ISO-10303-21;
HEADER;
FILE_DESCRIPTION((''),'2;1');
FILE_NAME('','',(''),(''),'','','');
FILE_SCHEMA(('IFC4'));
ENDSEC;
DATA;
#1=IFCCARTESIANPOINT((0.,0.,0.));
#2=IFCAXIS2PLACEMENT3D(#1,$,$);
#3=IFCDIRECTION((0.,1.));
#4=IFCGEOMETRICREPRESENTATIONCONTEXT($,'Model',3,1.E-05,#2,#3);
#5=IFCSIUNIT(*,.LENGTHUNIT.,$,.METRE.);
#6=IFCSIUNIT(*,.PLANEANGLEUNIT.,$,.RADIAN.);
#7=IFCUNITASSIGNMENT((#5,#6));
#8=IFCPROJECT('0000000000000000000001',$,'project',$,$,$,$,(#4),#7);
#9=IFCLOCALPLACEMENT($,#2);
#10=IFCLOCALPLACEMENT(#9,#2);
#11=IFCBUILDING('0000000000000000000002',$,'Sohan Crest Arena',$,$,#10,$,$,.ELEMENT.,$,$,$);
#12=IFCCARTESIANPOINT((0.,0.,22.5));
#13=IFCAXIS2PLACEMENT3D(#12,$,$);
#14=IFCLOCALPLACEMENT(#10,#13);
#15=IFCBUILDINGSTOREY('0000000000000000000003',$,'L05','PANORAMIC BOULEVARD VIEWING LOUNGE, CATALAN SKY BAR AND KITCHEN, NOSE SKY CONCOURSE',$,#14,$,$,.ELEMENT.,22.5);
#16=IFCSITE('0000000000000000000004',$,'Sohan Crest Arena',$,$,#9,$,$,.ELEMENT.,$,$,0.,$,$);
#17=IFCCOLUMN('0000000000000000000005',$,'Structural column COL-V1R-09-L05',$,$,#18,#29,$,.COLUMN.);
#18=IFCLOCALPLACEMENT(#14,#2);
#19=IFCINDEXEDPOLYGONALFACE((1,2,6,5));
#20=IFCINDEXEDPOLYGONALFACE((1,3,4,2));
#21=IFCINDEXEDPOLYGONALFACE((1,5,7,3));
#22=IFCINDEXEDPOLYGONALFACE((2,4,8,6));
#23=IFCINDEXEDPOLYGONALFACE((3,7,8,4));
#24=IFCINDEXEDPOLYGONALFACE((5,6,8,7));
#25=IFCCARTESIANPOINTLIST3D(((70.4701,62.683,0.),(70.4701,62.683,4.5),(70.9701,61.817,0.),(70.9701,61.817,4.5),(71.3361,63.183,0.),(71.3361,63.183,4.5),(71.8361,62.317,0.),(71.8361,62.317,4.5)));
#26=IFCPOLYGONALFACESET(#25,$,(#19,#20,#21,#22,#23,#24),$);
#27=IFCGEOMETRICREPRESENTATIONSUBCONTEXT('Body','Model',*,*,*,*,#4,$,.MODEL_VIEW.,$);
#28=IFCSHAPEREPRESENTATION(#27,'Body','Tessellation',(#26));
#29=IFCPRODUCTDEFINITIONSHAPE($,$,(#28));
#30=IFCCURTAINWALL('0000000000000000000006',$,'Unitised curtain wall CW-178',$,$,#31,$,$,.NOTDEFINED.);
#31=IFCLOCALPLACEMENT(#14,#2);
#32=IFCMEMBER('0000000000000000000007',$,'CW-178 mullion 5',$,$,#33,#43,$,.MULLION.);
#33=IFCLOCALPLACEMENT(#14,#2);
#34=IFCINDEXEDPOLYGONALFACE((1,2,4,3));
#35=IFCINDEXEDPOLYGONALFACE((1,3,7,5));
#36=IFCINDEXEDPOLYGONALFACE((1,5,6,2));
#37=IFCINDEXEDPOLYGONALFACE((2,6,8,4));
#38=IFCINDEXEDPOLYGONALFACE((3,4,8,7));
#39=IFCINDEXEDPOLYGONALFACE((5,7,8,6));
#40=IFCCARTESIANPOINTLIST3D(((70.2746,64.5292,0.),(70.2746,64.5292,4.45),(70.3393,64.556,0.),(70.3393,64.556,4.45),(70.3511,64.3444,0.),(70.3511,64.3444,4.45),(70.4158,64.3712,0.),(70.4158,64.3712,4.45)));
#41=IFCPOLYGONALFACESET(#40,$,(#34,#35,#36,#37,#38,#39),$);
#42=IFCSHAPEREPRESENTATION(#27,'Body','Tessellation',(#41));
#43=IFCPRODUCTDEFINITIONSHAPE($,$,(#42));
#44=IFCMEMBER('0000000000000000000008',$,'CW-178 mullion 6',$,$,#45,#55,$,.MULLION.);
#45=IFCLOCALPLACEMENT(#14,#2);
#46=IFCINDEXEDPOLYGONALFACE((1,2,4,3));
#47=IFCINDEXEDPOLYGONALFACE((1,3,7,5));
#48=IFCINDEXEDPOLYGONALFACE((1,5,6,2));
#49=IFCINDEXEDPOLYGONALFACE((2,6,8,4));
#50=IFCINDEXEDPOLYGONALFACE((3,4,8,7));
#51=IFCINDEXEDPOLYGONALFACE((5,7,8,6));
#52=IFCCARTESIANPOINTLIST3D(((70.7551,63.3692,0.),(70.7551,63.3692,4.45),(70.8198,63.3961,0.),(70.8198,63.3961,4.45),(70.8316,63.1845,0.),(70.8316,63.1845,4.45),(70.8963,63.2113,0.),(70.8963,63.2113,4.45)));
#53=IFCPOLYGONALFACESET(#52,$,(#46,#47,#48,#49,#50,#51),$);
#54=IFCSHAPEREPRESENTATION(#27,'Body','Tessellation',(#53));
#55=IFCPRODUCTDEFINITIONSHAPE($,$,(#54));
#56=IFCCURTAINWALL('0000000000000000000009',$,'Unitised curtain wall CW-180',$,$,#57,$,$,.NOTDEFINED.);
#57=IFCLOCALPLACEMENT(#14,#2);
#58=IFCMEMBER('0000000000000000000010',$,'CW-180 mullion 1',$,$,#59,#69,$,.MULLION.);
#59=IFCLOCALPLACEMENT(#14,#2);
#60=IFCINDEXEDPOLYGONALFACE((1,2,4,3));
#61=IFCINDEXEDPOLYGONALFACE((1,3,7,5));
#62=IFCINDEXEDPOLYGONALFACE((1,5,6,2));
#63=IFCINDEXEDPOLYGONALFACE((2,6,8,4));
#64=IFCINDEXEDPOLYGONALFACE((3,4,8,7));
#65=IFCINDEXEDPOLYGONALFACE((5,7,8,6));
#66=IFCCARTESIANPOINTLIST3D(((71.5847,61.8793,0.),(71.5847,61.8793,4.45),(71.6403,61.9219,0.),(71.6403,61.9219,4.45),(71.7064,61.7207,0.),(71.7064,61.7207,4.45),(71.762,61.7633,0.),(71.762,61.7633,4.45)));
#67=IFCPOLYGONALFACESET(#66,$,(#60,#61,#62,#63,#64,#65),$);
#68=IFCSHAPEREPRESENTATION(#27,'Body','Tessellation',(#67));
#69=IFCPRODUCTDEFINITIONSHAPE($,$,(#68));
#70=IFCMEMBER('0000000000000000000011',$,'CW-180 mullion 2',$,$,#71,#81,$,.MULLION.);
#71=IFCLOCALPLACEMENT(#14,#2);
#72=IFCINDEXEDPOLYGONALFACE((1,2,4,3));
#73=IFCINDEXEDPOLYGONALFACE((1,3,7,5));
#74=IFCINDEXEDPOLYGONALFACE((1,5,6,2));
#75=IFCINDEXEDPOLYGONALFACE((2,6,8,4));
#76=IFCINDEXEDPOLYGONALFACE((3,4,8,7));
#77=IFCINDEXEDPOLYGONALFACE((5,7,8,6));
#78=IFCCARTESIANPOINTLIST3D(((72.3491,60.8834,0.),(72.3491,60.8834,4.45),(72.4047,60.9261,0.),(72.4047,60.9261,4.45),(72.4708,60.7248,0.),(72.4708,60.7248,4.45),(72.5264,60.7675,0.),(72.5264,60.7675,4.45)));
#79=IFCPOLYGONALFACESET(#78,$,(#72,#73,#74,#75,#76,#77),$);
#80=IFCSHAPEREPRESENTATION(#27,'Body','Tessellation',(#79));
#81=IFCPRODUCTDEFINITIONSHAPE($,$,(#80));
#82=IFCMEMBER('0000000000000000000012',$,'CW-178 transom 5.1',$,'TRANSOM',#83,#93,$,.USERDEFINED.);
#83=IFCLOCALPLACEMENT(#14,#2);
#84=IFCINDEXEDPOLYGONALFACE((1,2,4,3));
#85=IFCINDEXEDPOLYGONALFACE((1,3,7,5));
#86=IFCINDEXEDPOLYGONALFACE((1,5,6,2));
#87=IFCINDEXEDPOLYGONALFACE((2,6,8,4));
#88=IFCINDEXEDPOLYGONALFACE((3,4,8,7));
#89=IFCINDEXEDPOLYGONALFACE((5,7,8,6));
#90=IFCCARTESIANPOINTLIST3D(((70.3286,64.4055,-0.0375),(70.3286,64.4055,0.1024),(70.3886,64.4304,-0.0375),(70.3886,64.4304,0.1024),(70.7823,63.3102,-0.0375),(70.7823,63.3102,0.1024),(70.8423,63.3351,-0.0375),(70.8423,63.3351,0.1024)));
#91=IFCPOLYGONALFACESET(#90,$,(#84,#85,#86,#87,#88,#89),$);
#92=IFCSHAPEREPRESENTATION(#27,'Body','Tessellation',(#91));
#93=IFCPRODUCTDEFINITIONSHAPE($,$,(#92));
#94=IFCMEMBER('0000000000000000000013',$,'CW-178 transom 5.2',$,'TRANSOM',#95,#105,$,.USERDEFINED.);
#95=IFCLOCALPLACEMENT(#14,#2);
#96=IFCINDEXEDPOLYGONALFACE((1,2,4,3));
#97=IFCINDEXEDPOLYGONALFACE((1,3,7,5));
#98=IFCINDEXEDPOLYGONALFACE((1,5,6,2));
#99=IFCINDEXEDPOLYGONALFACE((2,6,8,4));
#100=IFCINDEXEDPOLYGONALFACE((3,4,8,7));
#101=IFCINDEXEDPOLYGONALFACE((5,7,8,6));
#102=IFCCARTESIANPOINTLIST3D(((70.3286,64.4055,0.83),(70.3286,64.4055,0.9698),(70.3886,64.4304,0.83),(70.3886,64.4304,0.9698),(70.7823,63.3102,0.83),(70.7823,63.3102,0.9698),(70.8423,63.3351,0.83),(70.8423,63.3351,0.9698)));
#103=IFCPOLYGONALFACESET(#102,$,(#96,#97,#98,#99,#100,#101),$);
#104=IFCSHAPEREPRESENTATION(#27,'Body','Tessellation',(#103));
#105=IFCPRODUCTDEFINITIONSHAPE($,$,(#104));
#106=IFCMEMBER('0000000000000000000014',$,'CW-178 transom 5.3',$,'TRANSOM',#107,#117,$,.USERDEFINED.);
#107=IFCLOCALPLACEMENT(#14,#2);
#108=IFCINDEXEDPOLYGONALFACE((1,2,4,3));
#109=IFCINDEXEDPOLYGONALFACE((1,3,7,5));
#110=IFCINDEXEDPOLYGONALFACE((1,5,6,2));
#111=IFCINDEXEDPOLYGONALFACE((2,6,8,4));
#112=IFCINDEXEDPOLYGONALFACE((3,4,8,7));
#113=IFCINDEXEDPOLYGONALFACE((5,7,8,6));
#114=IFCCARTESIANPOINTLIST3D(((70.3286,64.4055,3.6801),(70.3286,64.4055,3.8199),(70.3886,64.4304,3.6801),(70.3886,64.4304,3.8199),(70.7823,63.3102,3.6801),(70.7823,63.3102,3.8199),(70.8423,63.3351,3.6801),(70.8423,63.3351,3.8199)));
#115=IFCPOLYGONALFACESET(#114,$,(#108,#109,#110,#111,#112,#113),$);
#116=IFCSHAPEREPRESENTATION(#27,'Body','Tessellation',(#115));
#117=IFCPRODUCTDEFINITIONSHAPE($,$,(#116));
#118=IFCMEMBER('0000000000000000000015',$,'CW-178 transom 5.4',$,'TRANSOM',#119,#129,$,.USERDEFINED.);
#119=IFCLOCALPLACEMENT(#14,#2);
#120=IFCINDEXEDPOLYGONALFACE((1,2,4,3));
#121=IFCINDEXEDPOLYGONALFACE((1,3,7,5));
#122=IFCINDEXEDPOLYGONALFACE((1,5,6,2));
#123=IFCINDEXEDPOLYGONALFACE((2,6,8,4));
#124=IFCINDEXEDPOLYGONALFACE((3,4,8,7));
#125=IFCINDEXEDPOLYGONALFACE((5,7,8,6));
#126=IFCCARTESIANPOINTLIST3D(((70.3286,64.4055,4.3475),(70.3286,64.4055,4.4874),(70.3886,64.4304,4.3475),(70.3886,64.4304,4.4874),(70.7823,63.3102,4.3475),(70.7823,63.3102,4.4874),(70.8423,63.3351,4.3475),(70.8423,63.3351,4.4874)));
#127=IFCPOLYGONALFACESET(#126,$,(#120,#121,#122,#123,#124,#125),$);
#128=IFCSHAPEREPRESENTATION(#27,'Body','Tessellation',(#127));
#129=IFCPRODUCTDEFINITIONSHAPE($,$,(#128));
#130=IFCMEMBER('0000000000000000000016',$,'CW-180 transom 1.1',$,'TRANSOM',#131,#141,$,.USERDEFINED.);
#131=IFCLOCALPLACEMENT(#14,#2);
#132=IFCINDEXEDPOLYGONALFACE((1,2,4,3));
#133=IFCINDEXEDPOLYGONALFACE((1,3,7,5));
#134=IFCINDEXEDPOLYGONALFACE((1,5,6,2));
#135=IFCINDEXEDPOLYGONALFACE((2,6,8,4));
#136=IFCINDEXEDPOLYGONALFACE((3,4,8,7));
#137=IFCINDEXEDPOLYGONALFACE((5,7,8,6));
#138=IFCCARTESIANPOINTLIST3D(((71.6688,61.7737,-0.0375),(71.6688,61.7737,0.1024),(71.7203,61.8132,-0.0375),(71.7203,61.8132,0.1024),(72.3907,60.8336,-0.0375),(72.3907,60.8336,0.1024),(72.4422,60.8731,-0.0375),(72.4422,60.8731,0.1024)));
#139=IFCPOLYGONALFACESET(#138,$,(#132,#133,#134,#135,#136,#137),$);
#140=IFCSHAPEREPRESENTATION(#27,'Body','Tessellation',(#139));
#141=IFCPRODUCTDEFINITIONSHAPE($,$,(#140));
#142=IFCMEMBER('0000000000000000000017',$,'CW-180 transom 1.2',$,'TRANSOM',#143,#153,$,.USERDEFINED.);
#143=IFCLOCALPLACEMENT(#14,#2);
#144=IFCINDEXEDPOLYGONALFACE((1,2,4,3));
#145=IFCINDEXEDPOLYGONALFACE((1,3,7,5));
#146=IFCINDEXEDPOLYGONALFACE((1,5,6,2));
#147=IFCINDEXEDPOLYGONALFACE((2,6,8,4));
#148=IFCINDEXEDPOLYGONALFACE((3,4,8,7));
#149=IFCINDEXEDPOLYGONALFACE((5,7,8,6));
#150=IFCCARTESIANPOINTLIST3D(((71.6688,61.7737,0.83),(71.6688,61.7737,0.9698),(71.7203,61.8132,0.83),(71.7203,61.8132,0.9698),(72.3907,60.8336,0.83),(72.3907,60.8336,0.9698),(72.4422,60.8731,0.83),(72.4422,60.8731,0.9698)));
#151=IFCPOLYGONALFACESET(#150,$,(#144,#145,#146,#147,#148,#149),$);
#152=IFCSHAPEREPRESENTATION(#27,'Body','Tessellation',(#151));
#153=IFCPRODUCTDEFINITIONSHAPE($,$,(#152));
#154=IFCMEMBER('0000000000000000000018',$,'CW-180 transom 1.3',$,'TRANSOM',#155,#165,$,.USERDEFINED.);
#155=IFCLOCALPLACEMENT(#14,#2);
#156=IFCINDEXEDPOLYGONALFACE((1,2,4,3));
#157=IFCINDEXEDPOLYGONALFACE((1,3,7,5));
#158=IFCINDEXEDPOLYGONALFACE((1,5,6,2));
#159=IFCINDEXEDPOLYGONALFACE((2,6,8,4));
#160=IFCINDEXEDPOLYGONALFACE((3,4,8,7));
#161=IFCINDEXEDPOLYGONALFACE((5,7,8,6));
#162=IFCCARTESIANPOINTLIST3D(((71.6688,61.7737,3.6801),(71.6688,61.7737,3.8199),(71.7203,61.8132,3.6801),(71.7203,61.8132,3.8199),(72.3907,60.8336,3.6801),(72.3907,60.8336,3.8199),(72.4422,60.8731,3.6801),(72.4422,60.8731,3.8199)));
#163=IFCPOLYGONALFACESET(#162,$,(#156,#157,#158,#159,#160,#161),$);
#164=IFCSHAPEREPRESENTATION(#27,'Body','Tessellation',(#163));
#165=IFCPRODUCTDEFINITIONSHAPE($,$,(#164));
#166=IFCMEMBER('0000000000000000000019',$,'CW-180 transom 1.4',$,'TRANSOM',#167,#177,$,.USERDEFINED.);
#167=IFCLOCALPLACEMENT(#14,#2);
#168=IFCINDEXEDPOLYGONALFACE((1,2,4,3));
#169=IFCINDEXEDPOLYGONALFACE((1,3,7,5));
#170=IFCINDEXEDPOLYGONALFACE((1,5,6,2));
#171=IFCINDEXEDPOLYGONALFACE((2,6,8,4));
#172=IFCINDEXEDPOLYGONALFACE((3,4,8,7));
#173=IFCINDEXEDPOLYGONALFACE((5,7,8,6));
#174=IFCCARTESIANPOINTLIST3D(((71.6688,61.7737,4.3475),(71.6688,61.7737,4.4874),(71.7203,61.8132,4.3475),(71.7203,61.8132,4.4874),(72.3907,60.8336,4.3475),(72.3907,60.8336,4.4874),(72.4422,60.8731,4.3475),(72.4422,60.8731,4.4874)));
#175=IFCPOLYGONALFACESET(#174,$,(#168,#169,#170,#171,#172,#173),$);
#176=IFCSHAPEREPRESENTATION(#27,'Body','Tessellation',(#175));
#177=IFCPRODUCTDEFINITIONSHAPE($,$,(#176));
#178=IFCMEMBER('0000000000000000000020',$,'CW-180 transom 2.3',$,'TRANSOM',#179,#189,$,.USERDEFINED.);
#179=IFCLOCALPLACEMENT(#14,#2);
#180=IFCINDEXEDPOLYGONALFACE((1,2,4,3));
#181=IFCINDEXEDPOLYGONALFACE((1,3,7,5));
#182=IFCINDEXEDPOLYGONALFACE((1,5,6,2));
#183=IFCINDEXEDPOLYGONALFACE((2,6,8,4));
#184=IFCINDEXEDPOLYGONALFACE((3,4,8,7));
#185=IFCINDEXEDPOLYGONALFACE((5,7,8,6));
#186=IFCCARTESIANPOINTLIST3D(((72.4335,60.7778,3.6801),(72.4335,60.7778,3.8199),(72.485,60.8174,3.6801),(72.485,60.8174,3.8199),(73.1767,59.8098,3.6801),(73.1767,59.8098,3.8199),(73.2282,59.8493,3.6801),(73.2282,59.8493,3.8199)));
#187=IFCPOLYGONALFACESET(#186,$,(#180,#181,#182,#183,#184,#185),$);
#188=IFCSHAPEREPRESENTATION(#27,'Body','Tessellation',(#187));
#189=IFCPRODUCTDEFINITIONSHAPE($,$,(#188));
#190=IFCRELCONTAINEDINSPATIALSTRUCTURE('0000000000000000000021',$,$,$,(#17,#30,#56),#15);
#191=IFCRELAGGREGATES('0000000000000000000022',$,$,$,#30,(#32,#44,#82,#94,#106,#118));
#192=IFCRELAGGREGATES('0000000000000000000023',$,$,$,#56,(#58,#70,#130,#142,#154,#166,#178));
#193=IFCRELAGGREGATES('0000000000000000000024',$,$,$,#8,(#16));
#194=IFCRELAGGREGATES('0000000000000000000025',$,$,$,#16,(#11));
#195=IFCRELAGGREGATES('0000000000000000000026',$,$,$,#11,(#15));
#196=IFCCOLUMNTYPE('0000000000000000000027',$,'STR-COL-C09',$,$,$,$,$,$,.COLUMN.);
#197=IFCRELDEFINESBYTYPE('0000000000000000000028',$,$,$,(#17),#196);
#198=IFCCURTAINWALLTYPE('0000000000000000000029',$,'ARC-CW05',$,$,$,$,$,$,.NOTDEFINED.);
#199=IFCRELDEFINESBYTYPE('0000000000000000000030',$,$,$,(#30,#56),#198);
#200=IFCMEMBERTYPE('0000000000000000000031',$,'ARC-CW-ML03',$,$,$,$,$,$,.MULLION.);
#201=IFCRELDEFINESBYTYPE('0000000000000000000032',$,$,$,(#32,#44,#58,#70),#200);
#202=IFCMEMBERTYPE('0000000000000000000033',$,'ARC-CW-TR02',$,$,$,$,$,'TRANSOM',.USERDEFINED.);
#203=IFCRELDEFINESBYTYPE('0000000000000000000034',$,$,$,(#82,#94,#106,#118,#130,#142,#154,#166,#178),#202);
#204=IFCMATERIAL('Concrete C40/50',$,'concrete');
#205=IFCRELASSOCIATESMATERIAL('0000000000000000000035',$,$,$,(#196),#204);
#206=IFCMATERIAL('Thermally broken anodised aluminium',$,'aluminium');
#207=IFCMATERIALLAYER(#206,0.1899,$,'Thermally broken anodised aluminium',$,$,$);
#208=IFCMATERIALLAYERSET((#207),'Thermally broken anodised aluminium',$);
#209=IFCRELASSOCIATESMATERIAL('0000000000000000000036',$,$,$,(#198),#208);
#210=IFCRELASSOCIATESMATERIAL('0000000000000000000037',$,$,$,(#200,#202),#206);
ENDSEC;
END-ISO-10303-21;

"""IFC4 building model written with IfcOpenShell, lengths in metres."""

from ifc_helpers import new_model, si_unit, direction, frame, origin, origin_2d, place, context, subcontext, project, spatial, rectangle, extrude, material, layer, layer_set, material_profile, profile_set, type_object, element, aggregate, save


model = new_model("IFC4")

# Units and contexts
model_context = context("Model", 3, precision=1e-05, world=origin(), true_north=direction((0.0, 1.0)))
body_context = subcontext(model_context, "Body", "Model", "MODEL_VIEW")
ifc_project = project(units=[si_unit("LENGTHUNIT", "METRE"), si_unit("PLANEANGLEUNIT", "RADIAN")], contexts=[model_context])

# Site, building, storey
site_placement = place(None, origin())
site = spatial("IfcSite", under=ifc_project, at=site_placement, Name="Sohan Crest Arena", CompositionType="ELEMENT", RefElevation=0.0)
building_placement = place(site_placement, origin())
building = spatial("IfcBuilding", under=site, at=building_placement, Name="Sohan Crest Arena", CompositionType="ELEMENT")
storey_placement = place(building_placement, frame((0.0, 0.0, 22.5)))
storey = spatial("IfcBuildingStorey", under=building, at=storey_placement, Name="L05", Description="PANORAMIC BOULEVARD VIEWING LOUNGE, CATALAN SKY BAR AND KITCHEN, NOSE SKY CONCOURSE", CompositionType="ELEMENT", Elevation=22.5)

# Column
ifc_material_1 = material(Name="Concrete C40/50", Category="concrete")
ifc_material_profile_1 = material_profile(ifc_material_1, rectangle(XDim=1.0, YDim=1.0, at=origin_2d()), Name="RC 1000x1000")
ifc_profile_set_1 = profile_set([ifc_material_profile_1], Name="Concrete C40/50")
column_type = type_object("IfcColumnType", Name="STR-COL-C09", PredefinedType="COLUMN", material=ifc_profile_set_1)
column_placement = place(storey_placement, frame((71.1531, 62.5, 0.0), z_axis=(0.0, 0.0, 1.0), x_axis=(0.866025, 0.5, 0.0)))
element("IfcColumn", 1, at=column_placement, inside=storey, type_object=column_type, Name="Structural column COL-V1R-09-L05", PredefinedType="COLUMN", context=body_context, shape_type="SweptSolid", body=[
    extrude(rectangle(XDim=1.0, YDim=1.0, at=origin_2d()), origin(), (0.0, 0.0, 1.0), 4.5),
])

# Curtain walls, members
ifc_material_2 = material(Name="Thermally broken anodised aluminium", Category="aluminium")
ifc_layer_1 = layer(ifc_material_2, 0.1899, Name="Thermally broken anodised aluminium")
ifc_layer_set_1 = layer_set([ifc_layer_1], Name="Thermally broken anodised aluminium")
curtain_wall_type = type_object("IfcCurtainWallType", Name="ARC-CW05", PredefinedType="NOTDEFINED", material=ifc_layer_set_1)
curtain_wall_1_placement = place(storey_placement, origin())
curtain_wall_1 = element("IfcCurtainWall", 2, at=curtain_wall_1_placement, inside=storey, type_object=curtain_wall_type, Name="Unitised curtain wall CW-178", PredefinedType="NOTDEFINED")
ifc_material_profile_2 = material_profile(ifc_material_2, rectangle(XDim=0.0701, YDim=0.2, at=origin_2d()), Name="ALU-MULL 70x200")
ifc_profile_set_2 = profile_set([ifc_material_profile_2], Name="Thermally broken anodised aluminium")
member_type_1 = type_object("IfcMemberType", Name="ARC-CW-ML03", PredefinedType="MULLION", material=ifc_profile_set_2)
member_1_placement = place(storey_placement, frame((70.3452, 64.4502, 0.0), z_axis=(0.0, 0.0, 1.0), x_axis=(0.923886, 0.382667, 0.0)))
member_1 = element("IfcMember", 3, at=member_1_placement, type_object=member_type_1, Name="CW-178 mullion 5", PredefinedType="MULLION", context=body_context, shape_type="SweptSolid", body=[
    extrude(rectangle(XDim=0.0701, YDim=0.2, at=origin_2d()), origin(), (0.0, 0.0, 1.0), 4.45),
])
member_2_placement = place(storey_placement, frame((70.8257, 63.2903, 0.0), z_axis=(0.0, 0.0, 1.0), x_axis=(0.923886, 0.382667, 0.0)))
member_2 = element("IfcMember", 4, at=member_2_placement, type_object=member_type_1, Name="CW-178 mullion 6", PredefinedType="MULLION", context=body_context, shape_type="SweptSolid", body=[
    extrude(rectangle(XDim=0.0701, YDim=0.2, at=origin_2d()), origin(), (0.0, 0.0, 1.0), 4.45),
])
curtain_wall_2_placement = place(storey_placement, origin())
curtain_wall_2 = element("IfcCurtainWall", 5, at=curtain_wall_2_placement, inside=storey, type_object=curtain_wall_type, Name="Unitised curtain wall CW-180", PredefinedType="NOTDEFINED")
member_3_placement = place(storey_placement, frame((71.6733, 61.8213, 0.0), z_axis=(0.0, 0.0, 1.0), x_axis=(0.793217, 0.608939, 0.0)))
member_3 = element("IfcMember", 6, at=member_3_placement, type_object=member_type_1, Name="CW-180 mullion 1", PredefinedType="MULLION", context=body_context, shape_type="SweptSolid", body=[
    extrude(rectangle(XDim=0.0701, YDim=0.2, at=origin_2d()), origin(), (0.0, 0.0, 1.0), 4.45),
])
member_4_placement = place(storey_placement, frame((72.4377, 60.8254, 0.0), z_axis=(0.0, 0.0, 1.0), x_axis=(0.793217, 0.608939, 0.0)))
member_4 = element("IfcMember", 7, at=member_4_placement, type_object=member_type_1, Name="CW-180 mullion 2", PredefinedType="MULLION", context=body_context, shape_type="SweptSolid", body=[
    extrude(rectangle(XDim=0.0701, YDim=0.2, at=origin_2d()), origin(), (0.0, 0.0, 1.0), 4.45),
])

# Members
ifc_material_profile_3 = material_profile(ifc_material_2, rectangle(XDim=0.0649, YDim=0.1399, at=origin_2d()), Name="ALU-TRAN 65x140")
ifc_profile_set_3 = profile_set([ifc_material_profile_3], Name="Thermally broken anodised aluminium")
member_type_2 = type_object("IfcMemberType", Name="ARC-CW-TR02", ElementType="TRANSOM", PredefinedType="USERDEFINED", material=ifc_profile_set_3)
member_5_placement = place(storey_placement, frame((70.3586, 64.418, 0.0325), z_axis=(0.382655, -0.923891, 0.0), x_axis=(0.923891, 0.382655, 0.0)))
member_5 = element("IfcMember", 8, at=member_5_placement, type_object=member_type_2, Name="CW-178 transom 5.1", ObjectType="TRANSOM", PredefinedType="USERDEFINED", context=body_context, shape_type="SweptSolid", body=[
    extrude(rectangle(XDim=0.0649, YDim=0.1399, at=origin_2d()), origin(), (0.0, 0.0, 1.0), 1.1855),
])
member_6_placement = place(storey_placement, frame((70.3586, 64.418, 0.8999), z_axis=(0.382655, -0.923891, 0.0), x_axis=(0.923891, 0.382655, 0.0)))
member_6 = element("IfcMember", 9, at=member_6_placement, type_object=member_type_2, Name="CW-178 transom 5.2", ObjectType="TRANSOM", PredefinedType="USERDEFINED", context=body_context, shape_type="SweptSolid", body=[
    extrude(rectangle(XDim=0.0649, YDim=0.1399, at=origin_2d()), origin(), (0.0, 0.0, 1.0), 1.1855),
])
member_7_placement = place(storey_placement, frame((70.3586, 64.418, 3.75), z_axis=(0.382655, -0.923891, 0.0), x_axis=(0.923891, 0.382655, 0.0)))
member_7 = element("IfcMember", 10, at=member_7_placement, type_object=member_type_2, Name="CW-178 transom 5.3", ObjectType="TRANSOM", PredefinedType="USERDEFINED", context=body_context, shape_type="SweptSolid", body=[
    extrude(rectangle(XDim=0.0649, YDim=0.1399, at=origin_2d()), origin(), (0.0, 0.0, 1.0), 1.1855),
])
member_8_placement = place(storey_placement, frame((70.3586, 64.418, 4.4175), z_axis=(0.382655, -0.923891, 0.0), x_axis=(0.923891, 0.382655, 0.0)))
member_8 = element("IfcMember", 11, at=member_8_placement, type_object=member_type_2, Name="CW-178 transom 5.4", ObjectType="TRANSOM", PredefinedType="USERDEFINED", context=body_context, shape_type="SweptSolid", body=[
    extrude(rectangle(XDim=0.0649, YDim=0.1399, at=origin_2d()), origin(), (0.0, 0.0, 1.0), 1.1855),
])
member_9_placement = place(storey_placement, frame((71.6946, 61.7935, 0.0325), z_axis=(0.609024, -0.793152, 0.0), x_axis=(0.793152, 0.609024, 0.0)))
member_9 = element("IfcMember", 12, at=member_9_placement, type_object=member_type_2, Name="CW-180 transom 1.1", ObjectType="TRANSOM", PredefinedType="USERDEFINED", context=body_context, shape_type="SweptSolid", body=[
    extrude(rectangle(XDim=0.0649, YDim=0.1399, at=origin_2d()), origin(), (0.0, 0.0, 1.0), 1.1853),
])
member_10_placement = place(storey_placement, frame((71.6946, 61.7935, 0.8999), z_axis=(0.609024, -0.793152, 0.0), x_axis=(0.793152, 0.609024, 0.0)))
member_10 = element("IfcMember", 13, at=member_10_placement, type_object=member_type_2, Name="CW-180 transom 1.2", ObjectType="TRANSOM", PredefinedType="USERDEFINED", context=body_context, shape_type="SweptSolid", body=[
    extrude(rectangle(XDim=0.0649, YDim=0.1399, at=origin_2d()), origin(), (0.0, 0.0, 1.0), 1.1853),
])
member_11_placement = place(storey_placement, frame((71.6946, 61.7935, 3.75), z_axis=(0.609024, -0.793152, 0.0), x_axis=(0.793152, 0.609024, 0.0)))
member_11 = element("IfcMember", 14, at=member_11_placement, type_object=member_type_2, Name="CW-180 transom 1.3", ObjectType="TRANSOM", PredefinedType="USERDEFINED", context=body_context, shape_type="SweptSolid", body=[
    extrude(rectangle(XDim=0.0649, YDim=0.1399, at=origin_2d()), origin(), (0.0, 0.0, 1.0), 1.1853),
])
member_12_placement = place(storey_placement, frame((71.6946, 61.7935, 4.4175), z_axis=(0.609024, -0.793152, 0.0), x_axis=(0.793152, 0.609024, 0.0)))
member_12 = element("IfcMember", 15, at=member_12_placement, type_object=member_type_2, Name="CW-180 transom 1.4", ObjectType="TRANSOM", PredefinedType="USERDEFINED", context=body_context, shape_type="SweptSolid", body=[
    extrude(rectangle(XDim=0.0649, YDim=0.1399, at=origin_2d()), origin(), (0.0, 0.0, 1.0), 1.1853),
])
member_13_placement = place(storey_placement, frame((72.4592, 60.7976, 3.75), z_axis=(0.608956, -0.793204, 0.0), x_axis=(0.793204, 0.608956, 0.0)))
member_13 = element("IfcMember", 16, at=member_13_placement, type_object=member_type_2, Name="CW-180 transom 2.3", ObjectType="TRANSOM", PredefinedType="USERDEFINED", context=body_context, shape_type="SweptSolid", body=[
    extrude(rectangle(XDim=0.0649, YDim=0.1399, at=origin_2d()), origin(), (0.0, 0.0, 1.0), 1.2205),
])

aggregate(curtain_wall_1, [member_1, member_2, member_5, member_6, member_7, member_8])
aggregate(curtain_wall_2, [member_3, member_4, member_9, member_10, member_11, member_12, member_13])

save(model, "model.ifc")
